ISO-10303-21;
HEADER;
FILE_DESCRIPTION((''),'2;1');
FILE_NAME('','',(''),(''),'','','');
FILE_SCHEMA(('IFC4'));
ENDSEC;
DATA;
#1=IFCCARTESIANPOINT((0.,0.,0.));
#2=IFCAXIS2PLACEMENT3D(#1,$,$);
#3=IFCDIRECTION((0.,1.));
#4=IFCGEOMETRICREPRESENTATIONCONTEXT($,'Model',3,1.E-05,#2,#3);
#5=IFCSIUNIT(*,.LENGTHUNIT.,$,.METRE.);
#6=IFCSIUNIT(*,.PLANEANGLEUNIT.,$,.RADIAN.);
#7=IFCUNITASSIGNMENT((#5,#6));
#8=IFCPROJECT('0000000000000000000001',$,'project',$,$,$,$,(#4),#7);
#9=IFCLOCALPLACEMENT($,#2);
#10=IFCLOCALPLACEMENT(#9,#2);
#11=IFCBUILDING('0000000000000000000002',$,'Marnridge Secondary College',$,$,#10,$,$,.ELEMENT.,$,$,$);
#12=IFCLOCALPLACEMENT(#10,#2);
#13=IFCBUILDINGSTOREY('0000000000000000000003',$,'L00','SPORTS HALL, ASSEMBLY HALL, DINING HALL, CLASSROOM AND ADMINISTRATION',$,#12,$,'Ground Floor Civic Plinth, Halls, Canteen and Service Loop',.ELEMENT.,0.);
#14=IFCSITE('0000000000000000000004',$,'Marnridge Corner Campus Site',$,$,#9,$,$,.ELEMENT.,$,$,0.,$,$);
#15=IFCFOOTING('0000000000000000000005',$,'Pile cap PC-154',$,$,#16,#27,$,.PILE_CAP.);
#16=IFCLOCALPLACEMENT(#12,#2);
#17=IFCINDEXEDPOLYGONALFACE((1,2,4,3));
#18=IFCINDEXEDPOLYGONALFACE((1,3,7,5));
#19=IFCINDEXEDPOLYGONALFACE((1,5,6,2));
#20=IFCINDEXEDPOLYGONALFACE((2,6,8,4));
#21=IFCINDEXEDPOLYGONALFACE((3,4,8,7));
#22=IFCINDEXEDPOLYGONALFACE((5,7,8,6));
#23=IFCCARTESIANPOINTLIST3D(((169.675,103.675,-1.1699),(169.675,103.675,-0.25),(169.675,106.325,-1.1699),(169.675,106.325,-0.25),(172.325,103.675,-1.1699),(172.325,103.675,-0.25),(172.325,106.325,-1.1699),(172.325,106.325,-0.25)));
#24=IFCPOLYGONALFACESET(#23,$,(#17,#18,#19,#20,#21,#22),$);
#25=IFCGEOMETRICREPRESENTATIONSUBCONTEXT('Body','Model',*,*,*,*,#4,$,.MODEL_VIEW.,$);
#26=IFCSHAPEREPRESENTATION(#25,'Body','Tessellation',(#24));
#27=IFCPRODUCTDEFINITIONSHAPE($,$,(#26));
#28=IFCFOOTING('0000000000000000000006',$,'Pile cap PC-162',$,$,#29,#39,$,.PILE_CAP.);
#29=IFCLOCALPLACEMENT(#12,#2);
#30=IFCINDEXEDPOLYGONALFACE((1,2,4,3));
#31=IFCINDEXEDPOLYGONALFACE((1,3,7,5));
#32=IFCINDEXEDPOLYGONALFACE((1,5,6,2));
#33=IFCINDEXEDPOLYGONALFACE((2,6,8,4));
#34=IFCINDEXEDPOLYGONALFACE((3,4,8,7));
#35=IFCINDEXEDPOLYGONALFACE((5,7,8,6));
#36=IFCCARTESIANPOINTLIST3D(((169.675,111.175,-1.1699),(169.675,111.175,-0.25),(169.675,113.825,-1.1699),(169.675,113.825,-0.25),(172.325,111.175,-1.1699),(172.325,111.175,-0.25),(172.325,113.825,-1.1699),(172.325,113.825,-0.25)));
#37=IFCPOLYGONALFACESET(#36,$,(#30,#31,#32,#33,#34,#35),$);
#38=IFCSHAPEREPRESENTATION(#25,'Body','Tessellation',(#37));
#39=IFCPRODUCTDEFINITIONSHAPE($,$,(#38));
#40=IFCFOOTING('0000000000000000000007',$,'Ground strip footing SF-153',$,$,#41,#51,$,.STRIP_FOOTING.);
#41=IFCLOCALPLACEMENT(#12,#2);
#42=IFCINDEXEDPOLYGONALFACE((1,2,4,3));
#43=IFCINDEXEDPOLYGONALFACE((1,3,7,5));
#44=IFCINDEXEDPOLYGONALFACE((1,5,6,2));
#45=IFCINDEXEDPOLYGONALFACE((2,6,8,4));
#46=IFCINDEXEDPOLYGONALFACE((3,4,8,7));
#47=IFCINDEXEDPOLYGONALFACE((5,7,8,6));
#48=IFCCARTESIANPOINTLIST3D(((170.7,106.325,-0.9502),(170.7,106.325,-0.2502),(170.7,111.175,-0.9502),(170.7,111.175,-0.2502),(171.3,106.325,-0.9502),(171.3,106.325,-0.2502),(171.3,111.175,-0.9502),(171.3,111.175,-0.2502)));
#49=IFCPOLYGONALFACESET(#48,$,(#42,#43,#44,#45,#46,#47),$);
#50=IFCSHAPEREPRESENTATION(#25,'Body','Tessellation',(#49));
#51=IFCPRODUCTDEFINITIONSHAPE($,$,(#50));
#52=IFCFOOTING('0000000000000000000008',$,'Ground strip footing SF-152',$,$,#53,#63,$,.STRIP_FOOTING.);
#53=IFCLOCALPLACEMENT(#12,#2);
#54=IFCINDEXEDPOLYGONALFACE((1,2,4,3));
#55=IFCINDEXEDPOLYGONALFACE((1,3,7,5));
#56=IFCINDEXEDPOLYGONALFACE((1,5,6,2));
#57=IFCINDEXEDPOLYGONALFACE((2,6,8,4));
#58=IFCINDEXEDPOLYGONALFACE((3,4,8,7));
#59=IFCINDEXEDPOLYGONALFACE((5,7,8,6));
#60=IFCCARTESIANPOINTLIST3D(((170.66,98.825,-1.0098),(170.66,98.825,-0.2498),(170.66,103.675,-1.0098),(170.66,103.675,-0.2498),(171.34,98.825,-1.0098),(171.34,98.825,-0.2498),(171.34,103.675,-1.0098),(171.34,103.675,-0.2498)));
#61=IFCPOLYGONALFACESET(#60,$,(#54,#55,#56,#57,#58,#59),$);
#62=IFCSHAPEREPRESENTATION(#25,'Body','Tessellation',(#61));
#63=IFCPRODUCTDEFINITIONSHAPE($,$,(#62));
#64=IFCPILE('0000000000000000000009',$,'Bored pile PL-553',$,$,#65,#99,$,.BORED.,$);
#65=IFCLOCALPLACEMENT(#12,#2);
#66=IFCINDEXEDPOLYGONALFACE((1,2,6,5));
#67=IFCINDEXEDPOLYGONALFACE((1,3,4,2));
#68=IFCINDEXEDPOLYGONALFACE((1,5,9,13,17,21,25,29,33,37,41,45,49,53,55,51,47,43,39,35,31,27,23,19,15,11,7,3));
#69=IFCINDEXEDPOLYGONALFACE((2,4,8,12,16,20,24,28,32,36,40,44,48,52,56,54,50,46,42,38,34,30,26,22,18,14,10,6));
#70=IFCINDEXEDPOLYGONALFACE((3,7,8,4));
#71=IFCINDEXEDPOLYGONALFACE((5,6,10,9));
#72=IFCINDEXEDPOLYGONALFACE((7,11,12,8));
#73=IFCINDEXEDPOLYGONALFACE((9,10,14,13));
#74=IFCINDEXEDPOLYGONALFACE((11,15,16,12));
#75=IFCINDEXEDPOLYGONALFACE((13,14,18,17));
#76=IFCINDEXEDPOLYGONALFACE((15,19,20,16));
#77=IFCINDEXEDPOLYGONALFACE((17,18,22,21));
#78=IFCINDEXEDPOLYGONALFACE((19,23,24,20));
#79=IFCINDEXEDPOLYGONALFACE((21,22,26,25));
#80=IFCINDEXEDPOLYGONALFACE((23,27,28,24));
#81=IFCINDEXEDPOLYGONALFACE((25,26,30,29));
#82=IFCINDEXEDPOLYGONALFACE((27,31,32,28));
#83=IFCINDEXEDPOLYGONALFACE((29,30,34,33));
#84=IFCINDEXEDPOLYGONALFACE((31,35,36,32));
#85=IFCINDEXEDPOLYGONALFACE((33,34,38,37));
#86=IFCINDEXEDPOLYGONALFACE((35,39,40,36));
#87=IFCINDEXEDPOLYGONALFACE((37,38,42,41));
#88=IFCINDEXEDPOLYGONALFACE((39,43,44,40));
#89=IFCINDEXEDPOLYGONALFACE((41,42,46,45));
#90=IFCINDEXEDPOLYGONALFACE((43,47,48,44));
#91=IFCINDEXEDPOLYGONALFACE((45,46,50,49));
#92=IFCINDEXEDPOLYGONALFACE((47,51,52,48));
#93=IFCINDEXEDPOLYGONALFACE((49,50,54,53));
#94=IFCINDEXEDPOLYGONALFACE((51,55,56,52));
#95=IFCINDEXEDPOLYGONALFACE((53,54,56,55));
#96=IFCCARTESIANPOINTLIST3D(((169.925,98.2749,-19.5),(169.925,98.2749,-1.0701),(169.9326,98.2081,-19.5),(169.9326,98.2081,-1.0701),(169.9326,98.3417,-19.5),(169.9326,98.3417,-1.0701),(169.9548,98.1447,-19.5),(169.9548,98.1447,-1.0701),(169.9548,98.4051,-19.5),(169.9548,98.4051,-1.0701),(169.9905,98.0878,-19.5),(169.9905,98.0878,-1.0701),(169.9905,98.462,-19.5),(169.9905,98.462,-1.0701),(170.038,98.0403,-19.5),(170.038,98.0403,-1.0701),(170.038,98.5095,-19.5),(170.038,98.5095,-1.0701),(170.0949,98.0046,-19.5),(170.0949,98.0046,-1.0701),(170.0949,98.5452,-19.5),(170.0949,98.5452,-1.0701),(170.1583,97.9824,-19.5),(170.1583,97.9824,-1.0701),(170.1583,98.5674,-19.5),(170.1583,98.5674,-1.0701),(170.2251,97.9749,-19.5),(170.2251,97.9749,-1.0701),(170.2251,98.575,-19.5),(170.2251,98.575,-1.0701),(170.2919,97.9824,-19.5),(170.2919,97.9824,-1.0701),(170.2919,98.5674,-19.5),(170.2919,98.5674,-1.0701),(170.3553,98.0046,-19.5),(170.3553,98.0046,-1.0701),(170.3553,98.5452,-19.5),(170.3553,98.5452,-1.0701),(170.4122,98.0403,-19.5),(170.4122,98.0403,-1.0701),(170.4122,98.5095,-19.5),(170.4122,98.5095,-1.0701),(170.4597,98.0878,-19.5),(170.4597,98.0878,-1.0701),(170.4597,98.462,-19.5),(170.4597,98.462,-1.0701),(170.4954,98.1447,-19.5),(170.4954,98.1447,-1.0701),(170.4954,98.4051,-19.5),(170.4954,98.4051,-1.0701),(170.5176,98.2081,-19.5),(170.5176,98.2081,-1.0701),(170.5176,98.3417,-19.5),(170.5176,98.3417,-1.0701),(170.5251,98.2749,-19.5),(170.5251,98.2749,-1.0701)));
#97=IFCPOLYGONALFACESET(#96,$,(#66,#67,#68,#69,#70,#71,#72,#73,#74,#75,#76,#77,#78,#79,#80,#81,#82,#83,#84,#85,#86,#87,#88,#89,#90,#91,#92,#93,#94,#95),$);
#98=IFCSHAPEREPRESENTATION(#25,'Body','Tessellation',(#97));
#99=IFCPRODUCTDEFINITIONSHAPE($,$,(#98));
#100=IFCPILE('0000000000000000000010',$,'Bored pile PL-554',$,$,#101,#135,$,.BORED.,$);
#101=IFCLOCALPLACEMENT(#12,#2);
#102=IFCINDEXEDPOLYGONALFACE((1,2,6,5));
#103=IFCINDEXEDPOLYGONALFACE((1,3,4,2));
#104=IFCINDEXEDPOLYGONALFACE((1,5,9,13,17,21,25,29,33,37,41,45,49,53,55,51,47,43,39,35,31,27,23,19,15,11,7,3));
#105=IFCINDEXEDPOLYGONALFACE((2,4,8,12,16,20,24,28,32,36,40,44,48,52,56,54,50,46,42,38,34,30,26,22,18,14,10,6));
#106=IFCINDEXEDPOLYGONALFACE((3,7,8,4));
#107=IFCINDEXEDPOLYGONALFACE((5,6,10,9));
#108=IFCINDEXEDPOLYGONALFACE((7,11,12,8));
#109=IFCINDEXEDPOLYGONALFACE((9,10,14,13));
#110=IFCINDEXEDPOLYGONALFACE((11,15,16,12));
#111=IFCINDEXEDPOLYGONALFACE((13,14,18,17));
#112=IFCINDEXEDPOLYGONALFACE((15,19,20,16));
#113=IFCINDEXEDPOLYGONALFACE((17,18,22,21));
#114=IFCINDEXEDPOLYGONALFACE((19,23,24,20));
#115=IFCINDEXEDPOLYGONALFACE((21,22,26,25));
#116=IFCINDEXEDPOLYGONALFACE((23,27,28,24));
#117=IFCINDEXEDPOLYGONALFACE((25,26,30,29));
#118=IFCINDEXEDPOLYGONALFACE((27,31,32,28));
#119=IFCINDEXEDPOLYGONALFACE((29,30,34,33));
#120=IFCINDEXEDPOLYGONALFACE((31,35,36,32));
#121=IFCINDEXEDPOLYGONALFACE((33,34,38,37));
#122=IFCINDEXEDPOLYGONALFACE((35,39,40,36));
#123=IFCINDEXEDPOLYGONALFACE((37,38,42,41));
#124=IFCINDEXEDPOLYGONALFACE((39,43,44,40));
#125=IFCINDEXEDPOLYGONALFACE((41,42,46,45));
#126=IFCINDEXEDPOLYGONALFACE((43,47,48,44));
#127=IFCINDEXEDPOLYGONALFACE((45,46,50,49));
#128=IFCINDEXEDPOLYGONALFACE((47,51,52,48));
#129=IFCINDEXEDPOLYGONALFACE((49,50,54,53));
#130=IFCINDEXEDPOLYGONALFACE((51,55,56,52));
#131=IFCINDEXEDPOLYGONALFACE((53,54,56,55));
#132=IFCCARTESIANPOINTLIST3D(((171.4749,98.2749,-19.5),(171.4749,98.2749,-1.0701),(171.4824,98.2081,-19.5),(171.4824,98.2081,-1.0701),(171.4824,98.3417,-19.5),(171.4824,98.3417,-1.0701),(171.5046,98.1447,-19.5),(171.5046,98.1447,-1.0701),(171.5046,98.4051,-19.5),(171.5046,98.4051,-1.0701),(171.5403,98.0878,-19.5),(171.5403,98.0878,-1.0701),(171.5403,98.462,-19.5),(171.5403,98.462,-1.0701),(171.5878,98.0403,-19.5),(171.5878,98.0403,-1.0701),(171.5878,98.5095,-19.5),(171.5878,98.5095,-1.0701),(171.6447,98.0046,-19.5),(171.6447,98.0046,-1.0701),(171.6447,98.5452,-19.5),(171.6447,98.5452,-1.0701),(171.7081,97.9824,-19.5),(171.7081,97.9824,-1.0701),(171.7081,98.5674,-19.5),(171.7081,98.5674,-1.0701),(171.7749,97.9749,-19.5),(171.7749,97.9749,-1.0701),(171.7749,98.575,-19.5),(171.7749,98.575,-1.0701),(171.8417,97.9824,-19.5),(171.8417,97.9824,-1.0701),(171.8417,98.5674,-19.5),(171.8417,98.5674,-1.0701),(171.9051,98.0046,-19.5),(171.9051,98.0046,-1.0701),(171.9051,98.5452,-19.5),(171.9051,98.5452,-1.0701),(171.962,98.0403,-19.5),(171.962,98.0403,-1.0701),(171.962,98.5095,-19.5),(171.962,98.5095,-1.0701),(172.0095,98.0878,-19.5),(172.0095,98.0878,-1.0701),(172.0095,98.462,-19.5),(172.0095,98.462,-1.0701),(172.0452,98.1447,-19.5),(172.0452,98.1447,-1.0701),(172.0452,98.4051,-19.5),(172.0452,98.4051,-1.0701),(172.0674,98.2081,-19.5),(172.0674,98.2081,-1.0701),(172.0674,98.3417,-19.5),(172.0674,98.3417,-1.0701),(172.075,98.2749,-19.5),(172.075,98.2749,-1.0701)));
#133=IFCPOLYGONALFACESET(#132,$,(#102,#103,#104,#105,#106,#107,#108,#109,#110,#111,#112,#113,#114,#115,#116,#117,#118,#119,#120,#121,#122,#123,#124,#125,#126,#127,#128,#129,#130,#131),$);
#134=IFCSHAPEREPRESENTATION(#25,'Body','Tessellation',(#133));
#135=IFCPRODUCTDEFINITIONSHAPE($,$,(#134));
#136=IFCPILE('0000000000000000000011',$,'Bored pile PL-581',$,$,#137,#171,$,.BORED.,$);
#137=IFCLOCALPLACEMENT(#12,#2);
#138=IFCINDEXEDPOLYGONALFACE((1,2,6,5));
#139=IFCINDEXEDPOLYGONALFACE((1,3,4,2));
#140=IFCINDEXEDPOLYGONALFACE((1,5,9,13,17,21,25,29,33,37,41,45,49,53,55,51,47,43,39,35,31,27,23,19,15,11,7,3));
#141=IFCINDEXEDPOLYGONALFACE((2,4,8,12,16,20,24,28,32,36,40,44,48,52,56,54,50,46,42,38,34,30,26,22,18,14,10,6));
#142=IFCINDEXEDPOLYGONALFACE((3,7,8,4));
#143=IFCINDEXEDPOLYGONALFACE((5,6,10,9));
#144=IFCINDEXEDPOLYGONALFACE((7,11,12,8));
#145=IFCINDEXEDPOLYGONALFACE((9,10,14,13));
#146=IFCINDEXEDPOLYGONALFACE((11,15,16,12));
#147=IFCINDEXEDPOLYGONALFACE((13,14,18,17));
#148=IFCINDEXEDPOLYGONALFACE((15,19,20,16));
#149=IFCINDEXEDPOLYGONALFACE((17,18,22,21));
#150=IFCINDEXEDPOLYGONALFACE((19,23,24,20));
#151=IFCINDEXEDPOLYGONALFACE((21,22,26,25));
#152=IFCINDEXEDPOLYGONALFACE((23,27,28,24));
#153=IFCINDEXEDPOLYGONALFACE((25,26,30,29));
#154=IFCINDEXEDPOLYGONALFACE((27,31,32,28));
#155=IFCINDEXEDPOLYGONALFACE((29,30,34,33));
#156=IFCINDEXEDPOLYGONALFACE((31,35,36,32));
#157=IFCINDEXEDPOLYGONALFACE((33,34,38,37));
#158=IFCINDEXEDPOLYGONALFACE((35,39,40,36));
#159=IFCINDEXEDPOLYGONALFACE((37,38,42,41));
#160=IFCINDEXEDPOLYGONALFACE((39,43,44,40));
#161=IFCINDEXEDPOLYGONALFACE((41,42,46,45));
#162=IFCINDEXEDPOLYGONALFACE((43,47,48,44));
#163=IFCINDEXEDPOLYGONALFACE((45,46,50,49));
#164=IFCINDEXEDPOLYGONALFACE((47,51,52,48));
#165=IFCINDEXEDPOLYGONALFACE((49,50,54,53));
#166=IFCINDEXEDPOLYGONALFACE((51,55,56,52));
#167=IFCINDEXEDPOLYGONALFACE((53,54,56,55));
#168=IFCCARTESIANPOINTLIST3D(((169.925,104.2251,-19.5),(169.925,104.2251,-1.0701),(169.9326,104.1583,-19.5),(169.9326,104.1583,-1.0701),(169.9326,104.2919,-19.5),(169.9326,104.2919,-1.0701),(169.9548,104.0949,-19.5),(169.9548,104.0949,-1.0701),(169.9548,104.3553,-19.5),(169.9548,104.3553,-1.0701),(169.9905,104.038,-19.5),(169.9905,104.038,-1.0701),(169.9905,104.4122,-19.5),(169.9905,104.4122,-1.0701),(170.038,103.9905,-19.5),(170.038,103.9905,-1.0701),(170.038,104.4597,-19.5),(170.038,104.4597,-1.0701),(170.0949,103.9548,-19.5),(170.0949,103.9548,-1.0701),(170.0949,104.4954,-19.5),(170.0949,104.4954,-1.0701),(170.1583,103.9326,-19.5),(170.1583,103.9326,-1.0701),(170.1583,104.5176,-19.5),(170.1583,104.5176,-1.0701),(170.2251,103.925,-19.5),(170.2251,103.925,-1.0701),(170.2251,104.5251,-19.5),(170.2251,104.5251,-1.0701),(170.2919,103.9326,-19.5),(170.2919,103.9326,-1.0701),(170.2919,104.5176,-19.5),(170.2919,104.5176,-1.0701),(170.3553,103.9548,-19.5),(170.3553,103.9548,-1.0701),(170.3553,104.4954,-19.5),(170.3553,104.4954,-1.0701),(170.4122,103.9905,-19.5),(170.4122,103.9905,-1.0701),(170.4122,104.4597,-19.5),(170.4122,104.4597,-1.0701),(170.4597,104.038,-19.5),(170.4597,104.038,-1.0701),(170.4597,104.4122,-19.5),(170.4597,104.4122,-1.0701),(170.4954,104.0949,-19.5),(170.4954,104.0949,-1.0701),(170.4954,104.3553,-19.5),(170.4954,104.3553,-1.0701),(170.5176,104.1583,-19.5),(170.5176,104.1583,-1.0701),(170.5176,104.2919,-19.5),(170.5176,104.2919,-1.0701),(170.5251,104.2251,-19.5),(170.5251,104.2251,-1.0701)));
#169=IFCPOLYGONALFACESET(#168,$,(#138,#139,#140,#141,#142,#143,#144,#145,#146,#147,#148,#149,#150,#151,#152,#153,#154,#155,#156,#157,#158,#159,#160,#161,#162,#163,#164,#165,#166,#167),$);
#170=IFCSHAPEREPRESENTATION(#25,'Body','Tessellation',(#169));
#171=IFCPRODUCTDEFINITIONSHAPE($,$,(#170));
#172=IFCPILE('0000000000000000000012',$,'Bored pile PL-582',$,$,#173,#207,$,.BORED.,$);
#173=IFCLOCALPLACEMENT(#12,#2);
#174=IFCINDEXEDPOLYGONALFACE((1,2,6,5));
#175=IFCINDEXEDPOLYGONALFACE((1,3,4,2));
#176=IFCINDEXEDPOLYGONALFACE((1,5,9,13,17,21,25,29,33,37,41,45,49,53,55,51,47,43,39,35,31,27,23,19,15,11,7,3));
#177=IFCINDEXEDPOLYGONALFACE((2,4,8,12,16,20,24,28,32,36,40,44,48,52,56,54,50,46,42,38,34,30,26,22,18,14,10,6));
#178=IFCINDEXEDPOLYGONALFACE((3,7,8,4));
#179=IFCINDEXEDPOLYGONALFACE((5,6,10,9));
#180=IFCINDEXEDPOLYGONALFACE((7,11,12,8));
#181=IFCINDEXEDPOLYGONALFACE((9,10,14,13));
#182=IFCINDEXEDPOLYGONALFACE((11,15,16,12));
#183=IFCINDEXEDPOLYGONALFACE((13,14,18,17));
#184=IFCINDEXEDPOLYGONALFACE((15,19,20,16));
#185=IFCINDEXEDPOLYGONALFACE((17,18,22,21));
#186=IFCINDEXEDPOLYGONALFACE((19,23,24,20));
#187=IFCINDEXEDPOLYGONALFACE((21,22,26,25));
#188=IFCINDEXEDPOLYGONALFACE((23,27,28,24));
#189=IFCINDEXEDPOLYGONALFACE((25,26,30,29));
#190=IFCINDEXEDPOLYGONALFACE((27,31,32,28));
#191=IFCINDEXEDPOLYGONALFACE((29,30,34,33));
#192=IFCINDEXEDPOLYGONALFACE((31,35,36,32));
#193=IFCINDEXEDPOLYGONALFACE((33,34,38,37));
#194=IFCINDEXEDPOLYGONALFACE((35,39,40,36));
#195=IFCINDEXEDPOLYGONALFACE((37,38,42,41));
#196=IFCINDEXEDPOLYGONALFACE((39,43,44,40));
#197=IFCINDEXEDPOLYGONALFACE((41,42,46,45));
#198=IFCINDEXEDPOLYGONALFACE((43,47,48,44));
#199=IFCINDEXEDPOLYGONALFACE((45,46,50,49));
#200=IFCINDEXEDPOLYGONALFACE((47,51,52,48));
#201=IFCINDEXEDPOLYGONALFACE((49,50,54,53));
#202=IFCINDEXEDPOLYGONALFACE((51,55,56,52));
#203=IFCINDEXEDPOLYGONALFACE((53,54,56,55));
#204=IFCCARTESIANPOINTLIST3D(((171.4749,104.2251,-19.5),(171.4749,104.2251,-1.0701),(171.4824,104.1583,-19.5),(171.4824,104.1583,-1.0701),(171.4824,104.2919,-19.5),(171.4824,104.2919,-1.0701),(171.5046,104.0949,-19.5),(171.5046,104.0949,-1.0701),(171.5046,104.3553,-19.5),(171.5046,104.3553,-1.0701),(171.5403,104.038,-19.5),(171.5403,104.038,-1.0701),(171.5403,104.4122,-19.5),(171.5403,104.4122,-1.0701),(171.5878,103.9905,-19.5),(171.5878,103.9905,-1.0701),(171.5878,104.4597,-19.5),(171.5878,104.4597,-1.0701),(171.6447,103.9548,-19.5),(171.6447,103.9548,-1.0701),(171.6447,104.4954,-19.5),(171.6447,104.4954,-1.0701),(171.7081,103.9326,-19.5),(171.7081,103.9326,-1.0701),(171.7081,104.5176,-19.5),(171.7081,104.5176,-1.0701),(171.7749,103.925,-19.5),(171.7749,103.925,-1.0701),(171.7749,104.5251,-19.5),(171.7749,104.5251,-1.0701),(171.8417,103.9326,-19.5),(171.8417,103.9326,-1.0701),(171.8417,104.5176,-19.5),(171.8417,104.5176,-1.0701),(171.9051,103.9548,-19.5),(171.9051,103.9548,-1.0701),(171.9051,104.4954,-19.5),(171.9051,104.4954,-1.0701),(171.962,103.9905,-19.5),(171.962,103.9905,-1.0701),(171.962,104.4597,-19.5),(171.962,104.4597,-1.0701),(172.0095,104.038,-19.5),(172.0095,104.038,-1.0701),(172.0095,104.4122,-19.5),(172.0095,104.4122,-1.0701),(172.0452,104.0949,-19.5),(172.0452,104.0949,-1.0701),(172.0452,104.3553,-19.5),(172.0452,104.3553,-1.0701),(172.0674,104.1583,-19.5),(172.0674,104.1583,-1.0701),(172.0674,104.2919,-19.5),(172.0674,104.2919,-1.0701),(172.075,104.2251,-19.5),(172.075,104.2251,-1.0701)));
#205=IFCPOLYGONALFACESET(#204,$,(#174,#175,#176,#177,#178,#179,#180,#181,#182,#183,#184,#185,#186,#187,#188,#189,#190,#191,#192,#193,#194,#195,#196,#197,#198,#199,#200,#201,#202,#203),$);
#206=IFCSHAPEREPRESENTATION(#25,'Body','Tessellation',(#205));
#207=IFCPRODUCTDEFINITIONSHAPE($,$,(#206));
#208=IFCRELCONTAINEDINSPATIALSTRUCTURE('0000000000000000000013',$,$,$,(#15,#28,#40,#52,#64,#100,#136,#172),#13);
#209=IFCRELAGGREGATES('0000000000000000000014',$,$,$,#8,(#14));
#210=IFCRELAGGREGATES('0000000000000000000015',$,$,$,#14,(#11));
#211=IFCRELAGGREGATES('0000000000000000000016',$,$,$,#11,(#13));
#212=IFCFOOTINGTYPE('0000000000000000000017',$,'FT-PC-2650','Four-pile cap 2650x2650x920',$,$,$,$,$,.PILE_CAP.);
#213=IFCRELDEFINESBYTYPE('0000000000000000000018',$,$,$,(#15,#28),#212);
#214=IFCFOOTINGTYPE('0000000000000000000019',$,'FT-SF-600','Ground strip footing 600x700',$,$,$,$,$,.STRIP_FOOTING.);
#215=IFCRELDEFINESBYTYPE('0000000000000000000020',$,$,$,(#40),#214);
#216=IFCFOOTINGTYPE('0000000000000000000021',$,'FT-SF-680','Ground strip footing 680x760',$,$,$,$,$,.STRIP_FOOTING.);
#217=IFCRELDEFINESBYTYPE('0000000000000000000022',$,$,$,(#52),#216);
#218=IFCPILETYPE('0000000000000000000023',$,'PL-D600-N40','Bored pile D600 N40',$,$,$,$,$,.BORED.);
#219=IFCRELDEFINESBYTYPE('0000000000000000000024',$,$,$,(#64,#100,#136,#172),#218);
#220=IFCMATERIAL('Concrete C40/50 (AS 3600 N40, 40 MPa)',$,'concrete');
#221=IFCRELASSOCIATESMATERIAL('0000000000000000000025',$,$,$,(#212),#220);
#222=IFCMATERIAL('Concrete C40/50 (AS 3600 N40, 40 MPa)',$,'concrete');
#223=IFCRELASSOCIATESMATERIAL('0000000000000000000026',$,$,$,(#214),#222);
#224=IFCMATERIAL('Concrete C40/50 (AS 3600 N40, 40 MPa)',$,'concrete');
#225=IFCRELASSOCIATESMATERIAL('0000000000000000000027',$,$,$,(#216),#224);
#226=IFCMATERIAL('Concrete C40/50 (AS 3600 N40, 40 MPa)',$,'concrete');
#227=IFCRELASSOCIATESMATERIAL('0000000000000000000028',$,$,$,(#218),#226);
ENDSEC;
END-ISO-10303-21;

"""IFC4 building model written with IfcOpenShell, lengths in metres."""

from ifc_helpers import new_model, si_unit, direction, frame, origin, origin_2d, place, context, subcontext, project, spatial, rectangle, circle, extrude, material, material_profile, profile_set, type_object, element, save


model = new_model("IFC4")

# Units and contexts
model_context = context("Model", 3, precision=1e-05, world=origin(), true_north=direction((0.0, 1.0)))
body_context = subcontext(model_context, "Body", "Model", "MODEL_VIEW")
ifc_project = project(units=[si_unit("LENGTHUNIT", "METRE"), si_unit("PLANEANGLEUNIT", "RADIAN")], contexts=[model_context])

# Site, building, storey
site_placement = place(None, origin())
site = spatial("IfcSite", under=ifc_project, at=site_placement, Name="Marnridge Corner Campus Site", CompositionType="ELEMENT", RefElevation=0.0)
building_placement = place(site_placement, origin())
building = spatial("IfcBuilding", under=site, at=building_placement, Name="Marnridge Secondary College", CompositionType="ELEMENT")
storey_placement = place(building_placement, origin())
storey = spatial("IfcBuildingStorey", under=building, at=storey_placement, Name="L00", Description="SPORTS HALL, ASSEMBLY HALL, DINING HALL, CLASSROOM AND ADMINISTRATION", LongName="Ground Floor Civic Plinth, Halls, Canteen and Service Loop", CompositionType="ELEMENT", Elevation=0.0)

# Footings
ifc_material_1 = material(Name="Concrete C40/50 (AS 3600 N40, 40 MPa)", Category="concrete")
footing_type_1 = type_object("IfcFootingType", Name="FT-PC-2650", Description="Four-pile cap 2650x2650x920", PredefinedType="PILE_CAP", material=ifc_material_1)
for number, where, z_axis, x_axis, name in (
    (1, (171.0, 105.0, -1.1699), (0.0, 0.0, 1.0), (1.0, 0.0, 0.0), "Pile cap PC-154"),
    (2, (171.0, 112.5, -1.1699), (0.0, 0.0, 1.0), (1.0, 0.0, 0.0), "Pile cap PC-162"),
):
    element("IfcFooting", number, at=place(storey_placement, frame(where, z_axis=z_axis, x_axis=x_axis)), inside=storey, type_object=footing_type_1, Name=name, PredefinedType="PILE_CAP", context=body_context, shape_type="SweptSolid", body=[
        extrude(rectangle(XDim=2.6499, YDim=2.6499, at=origin_2d()), origin(), (0.0, 0.0, 1.0), 0.9199),
    ])
ifc_material_2 = material(Name="Concrete C40/50 (AS 3600 N40, 40 MPa)", Category="concrete")
footing_type_2 = type_object("IfcFootingType", Name="FT-SF-600", Description="Ground strip footing 600x700", PredefinedType="STRIP_FOOTING", material=ifc_material_2)
footing_1_placement = place(storey_placement, frame((171.0, 108.75, -0.9502), z_axis=(0.0, 0.0, 1.0), x_axis=(1.0, 0.0, 0.0)))
element("IfcFooting", 3, at=footing_1_placement, inside=storey, type_object=footing_type_2, Name="Ground strip footing SF-153", PredefinedType="STRIP_FOOTING", context=body_context, shape_type="SweptSolid", body=[
    extrude(rectangle(XDim=0.6001, YDim=4.8501, at=origin_2d()), origin(), (0.0, 0.0, 1.0), 0.7),
])
ifc_material_3 = material(Name="Concrete C40/50 (AS 3600 N40, 40 MPa)", Category="concrete")
footing_type_3 = type_object("IfcFootingType", Name="FT-SF-680", Description="Ground strip footing 680x760", PredefinedType="STRIP_FOOTING", material=ifc_material_3)
footing_2_placement = place(storey_placement, frame((171.0, 101.25, -1.0098), z_axis=(0.0, 0.0, 1.0), x_axis=(1.0, 0.0, 0.0)))
element("IfcFooting", 4, at=footing_2_placement, inside=storey, type_object=footing_type_3, Name="Ground strip footing SF-152", PredefinedType="STRIP_FOOTING", context=body_context, shape_type="SweptSolid", body=[
    extrude(rectangle(XDim=0.6799, YDim=4.8501, at=origin_2d()), origin(), (0.0, 0.0, 1.0), 0.76),
])

# Piles
ifc_material_4 = material(Name="Concrete C40/50 (AS 3600 N40, 40 MPa)", Category="concrete")
ifc_material_profile_1 = material_profile(ifc_material_4, circle(Radius=0.3, at=origin_2d()), Name="PILE D600")
ifc_profile_set_1 = profile_set([ifc_material_profile_1], Name="Concrete C40/50 (AS 3600 N40, 40 MPa)")
pile_type = type_object("IfcPileType", Name="PL-D600-N40", Description="Bored pile D600 N40", PredefinedType="BORED", material=ifc_profile_set_1)
for number, where, z_axis, x_axis, name in (
    (5, (170.2251, 98.2749, -1.0701), (0.0, 0.0, -1.0), (1.0, 0.0, 0.0), "Bored pile PL-553"),
    (6, (171.7749, 98.2749, -1.0701), (0.0, 0.0, -1.0), (1.0, 0.0, 0.0), "Bored pile PL-554"),
    (7, (170.2251, 104.2251, -1.0701), (0.0, 0.0, -1.0), (1.0, 0.0, 0.0), "Bored pile PL-581"),
    (8, (171.7749, 104.2251, -1.0701), (0.0, 0.0, -1.0), (1.0, 0.0, 0.0), "Bored pile PL-582"),
):
    element("IfcPile", number, at=place(storey_placement, frame(where, z_axis=z_axis, x_axis=x_axis)), inside=storey, type_object=pile_type, Name=name, PredefinedType="BORED", context=body_context, shape_type="SweptSolid", body=[
        extrude(circle(Radius=0.3, at=origin_2d()), origin(), (0.0, 0.0, 1.0), 18.4299),
    ])

save(model, "model.ifc")
